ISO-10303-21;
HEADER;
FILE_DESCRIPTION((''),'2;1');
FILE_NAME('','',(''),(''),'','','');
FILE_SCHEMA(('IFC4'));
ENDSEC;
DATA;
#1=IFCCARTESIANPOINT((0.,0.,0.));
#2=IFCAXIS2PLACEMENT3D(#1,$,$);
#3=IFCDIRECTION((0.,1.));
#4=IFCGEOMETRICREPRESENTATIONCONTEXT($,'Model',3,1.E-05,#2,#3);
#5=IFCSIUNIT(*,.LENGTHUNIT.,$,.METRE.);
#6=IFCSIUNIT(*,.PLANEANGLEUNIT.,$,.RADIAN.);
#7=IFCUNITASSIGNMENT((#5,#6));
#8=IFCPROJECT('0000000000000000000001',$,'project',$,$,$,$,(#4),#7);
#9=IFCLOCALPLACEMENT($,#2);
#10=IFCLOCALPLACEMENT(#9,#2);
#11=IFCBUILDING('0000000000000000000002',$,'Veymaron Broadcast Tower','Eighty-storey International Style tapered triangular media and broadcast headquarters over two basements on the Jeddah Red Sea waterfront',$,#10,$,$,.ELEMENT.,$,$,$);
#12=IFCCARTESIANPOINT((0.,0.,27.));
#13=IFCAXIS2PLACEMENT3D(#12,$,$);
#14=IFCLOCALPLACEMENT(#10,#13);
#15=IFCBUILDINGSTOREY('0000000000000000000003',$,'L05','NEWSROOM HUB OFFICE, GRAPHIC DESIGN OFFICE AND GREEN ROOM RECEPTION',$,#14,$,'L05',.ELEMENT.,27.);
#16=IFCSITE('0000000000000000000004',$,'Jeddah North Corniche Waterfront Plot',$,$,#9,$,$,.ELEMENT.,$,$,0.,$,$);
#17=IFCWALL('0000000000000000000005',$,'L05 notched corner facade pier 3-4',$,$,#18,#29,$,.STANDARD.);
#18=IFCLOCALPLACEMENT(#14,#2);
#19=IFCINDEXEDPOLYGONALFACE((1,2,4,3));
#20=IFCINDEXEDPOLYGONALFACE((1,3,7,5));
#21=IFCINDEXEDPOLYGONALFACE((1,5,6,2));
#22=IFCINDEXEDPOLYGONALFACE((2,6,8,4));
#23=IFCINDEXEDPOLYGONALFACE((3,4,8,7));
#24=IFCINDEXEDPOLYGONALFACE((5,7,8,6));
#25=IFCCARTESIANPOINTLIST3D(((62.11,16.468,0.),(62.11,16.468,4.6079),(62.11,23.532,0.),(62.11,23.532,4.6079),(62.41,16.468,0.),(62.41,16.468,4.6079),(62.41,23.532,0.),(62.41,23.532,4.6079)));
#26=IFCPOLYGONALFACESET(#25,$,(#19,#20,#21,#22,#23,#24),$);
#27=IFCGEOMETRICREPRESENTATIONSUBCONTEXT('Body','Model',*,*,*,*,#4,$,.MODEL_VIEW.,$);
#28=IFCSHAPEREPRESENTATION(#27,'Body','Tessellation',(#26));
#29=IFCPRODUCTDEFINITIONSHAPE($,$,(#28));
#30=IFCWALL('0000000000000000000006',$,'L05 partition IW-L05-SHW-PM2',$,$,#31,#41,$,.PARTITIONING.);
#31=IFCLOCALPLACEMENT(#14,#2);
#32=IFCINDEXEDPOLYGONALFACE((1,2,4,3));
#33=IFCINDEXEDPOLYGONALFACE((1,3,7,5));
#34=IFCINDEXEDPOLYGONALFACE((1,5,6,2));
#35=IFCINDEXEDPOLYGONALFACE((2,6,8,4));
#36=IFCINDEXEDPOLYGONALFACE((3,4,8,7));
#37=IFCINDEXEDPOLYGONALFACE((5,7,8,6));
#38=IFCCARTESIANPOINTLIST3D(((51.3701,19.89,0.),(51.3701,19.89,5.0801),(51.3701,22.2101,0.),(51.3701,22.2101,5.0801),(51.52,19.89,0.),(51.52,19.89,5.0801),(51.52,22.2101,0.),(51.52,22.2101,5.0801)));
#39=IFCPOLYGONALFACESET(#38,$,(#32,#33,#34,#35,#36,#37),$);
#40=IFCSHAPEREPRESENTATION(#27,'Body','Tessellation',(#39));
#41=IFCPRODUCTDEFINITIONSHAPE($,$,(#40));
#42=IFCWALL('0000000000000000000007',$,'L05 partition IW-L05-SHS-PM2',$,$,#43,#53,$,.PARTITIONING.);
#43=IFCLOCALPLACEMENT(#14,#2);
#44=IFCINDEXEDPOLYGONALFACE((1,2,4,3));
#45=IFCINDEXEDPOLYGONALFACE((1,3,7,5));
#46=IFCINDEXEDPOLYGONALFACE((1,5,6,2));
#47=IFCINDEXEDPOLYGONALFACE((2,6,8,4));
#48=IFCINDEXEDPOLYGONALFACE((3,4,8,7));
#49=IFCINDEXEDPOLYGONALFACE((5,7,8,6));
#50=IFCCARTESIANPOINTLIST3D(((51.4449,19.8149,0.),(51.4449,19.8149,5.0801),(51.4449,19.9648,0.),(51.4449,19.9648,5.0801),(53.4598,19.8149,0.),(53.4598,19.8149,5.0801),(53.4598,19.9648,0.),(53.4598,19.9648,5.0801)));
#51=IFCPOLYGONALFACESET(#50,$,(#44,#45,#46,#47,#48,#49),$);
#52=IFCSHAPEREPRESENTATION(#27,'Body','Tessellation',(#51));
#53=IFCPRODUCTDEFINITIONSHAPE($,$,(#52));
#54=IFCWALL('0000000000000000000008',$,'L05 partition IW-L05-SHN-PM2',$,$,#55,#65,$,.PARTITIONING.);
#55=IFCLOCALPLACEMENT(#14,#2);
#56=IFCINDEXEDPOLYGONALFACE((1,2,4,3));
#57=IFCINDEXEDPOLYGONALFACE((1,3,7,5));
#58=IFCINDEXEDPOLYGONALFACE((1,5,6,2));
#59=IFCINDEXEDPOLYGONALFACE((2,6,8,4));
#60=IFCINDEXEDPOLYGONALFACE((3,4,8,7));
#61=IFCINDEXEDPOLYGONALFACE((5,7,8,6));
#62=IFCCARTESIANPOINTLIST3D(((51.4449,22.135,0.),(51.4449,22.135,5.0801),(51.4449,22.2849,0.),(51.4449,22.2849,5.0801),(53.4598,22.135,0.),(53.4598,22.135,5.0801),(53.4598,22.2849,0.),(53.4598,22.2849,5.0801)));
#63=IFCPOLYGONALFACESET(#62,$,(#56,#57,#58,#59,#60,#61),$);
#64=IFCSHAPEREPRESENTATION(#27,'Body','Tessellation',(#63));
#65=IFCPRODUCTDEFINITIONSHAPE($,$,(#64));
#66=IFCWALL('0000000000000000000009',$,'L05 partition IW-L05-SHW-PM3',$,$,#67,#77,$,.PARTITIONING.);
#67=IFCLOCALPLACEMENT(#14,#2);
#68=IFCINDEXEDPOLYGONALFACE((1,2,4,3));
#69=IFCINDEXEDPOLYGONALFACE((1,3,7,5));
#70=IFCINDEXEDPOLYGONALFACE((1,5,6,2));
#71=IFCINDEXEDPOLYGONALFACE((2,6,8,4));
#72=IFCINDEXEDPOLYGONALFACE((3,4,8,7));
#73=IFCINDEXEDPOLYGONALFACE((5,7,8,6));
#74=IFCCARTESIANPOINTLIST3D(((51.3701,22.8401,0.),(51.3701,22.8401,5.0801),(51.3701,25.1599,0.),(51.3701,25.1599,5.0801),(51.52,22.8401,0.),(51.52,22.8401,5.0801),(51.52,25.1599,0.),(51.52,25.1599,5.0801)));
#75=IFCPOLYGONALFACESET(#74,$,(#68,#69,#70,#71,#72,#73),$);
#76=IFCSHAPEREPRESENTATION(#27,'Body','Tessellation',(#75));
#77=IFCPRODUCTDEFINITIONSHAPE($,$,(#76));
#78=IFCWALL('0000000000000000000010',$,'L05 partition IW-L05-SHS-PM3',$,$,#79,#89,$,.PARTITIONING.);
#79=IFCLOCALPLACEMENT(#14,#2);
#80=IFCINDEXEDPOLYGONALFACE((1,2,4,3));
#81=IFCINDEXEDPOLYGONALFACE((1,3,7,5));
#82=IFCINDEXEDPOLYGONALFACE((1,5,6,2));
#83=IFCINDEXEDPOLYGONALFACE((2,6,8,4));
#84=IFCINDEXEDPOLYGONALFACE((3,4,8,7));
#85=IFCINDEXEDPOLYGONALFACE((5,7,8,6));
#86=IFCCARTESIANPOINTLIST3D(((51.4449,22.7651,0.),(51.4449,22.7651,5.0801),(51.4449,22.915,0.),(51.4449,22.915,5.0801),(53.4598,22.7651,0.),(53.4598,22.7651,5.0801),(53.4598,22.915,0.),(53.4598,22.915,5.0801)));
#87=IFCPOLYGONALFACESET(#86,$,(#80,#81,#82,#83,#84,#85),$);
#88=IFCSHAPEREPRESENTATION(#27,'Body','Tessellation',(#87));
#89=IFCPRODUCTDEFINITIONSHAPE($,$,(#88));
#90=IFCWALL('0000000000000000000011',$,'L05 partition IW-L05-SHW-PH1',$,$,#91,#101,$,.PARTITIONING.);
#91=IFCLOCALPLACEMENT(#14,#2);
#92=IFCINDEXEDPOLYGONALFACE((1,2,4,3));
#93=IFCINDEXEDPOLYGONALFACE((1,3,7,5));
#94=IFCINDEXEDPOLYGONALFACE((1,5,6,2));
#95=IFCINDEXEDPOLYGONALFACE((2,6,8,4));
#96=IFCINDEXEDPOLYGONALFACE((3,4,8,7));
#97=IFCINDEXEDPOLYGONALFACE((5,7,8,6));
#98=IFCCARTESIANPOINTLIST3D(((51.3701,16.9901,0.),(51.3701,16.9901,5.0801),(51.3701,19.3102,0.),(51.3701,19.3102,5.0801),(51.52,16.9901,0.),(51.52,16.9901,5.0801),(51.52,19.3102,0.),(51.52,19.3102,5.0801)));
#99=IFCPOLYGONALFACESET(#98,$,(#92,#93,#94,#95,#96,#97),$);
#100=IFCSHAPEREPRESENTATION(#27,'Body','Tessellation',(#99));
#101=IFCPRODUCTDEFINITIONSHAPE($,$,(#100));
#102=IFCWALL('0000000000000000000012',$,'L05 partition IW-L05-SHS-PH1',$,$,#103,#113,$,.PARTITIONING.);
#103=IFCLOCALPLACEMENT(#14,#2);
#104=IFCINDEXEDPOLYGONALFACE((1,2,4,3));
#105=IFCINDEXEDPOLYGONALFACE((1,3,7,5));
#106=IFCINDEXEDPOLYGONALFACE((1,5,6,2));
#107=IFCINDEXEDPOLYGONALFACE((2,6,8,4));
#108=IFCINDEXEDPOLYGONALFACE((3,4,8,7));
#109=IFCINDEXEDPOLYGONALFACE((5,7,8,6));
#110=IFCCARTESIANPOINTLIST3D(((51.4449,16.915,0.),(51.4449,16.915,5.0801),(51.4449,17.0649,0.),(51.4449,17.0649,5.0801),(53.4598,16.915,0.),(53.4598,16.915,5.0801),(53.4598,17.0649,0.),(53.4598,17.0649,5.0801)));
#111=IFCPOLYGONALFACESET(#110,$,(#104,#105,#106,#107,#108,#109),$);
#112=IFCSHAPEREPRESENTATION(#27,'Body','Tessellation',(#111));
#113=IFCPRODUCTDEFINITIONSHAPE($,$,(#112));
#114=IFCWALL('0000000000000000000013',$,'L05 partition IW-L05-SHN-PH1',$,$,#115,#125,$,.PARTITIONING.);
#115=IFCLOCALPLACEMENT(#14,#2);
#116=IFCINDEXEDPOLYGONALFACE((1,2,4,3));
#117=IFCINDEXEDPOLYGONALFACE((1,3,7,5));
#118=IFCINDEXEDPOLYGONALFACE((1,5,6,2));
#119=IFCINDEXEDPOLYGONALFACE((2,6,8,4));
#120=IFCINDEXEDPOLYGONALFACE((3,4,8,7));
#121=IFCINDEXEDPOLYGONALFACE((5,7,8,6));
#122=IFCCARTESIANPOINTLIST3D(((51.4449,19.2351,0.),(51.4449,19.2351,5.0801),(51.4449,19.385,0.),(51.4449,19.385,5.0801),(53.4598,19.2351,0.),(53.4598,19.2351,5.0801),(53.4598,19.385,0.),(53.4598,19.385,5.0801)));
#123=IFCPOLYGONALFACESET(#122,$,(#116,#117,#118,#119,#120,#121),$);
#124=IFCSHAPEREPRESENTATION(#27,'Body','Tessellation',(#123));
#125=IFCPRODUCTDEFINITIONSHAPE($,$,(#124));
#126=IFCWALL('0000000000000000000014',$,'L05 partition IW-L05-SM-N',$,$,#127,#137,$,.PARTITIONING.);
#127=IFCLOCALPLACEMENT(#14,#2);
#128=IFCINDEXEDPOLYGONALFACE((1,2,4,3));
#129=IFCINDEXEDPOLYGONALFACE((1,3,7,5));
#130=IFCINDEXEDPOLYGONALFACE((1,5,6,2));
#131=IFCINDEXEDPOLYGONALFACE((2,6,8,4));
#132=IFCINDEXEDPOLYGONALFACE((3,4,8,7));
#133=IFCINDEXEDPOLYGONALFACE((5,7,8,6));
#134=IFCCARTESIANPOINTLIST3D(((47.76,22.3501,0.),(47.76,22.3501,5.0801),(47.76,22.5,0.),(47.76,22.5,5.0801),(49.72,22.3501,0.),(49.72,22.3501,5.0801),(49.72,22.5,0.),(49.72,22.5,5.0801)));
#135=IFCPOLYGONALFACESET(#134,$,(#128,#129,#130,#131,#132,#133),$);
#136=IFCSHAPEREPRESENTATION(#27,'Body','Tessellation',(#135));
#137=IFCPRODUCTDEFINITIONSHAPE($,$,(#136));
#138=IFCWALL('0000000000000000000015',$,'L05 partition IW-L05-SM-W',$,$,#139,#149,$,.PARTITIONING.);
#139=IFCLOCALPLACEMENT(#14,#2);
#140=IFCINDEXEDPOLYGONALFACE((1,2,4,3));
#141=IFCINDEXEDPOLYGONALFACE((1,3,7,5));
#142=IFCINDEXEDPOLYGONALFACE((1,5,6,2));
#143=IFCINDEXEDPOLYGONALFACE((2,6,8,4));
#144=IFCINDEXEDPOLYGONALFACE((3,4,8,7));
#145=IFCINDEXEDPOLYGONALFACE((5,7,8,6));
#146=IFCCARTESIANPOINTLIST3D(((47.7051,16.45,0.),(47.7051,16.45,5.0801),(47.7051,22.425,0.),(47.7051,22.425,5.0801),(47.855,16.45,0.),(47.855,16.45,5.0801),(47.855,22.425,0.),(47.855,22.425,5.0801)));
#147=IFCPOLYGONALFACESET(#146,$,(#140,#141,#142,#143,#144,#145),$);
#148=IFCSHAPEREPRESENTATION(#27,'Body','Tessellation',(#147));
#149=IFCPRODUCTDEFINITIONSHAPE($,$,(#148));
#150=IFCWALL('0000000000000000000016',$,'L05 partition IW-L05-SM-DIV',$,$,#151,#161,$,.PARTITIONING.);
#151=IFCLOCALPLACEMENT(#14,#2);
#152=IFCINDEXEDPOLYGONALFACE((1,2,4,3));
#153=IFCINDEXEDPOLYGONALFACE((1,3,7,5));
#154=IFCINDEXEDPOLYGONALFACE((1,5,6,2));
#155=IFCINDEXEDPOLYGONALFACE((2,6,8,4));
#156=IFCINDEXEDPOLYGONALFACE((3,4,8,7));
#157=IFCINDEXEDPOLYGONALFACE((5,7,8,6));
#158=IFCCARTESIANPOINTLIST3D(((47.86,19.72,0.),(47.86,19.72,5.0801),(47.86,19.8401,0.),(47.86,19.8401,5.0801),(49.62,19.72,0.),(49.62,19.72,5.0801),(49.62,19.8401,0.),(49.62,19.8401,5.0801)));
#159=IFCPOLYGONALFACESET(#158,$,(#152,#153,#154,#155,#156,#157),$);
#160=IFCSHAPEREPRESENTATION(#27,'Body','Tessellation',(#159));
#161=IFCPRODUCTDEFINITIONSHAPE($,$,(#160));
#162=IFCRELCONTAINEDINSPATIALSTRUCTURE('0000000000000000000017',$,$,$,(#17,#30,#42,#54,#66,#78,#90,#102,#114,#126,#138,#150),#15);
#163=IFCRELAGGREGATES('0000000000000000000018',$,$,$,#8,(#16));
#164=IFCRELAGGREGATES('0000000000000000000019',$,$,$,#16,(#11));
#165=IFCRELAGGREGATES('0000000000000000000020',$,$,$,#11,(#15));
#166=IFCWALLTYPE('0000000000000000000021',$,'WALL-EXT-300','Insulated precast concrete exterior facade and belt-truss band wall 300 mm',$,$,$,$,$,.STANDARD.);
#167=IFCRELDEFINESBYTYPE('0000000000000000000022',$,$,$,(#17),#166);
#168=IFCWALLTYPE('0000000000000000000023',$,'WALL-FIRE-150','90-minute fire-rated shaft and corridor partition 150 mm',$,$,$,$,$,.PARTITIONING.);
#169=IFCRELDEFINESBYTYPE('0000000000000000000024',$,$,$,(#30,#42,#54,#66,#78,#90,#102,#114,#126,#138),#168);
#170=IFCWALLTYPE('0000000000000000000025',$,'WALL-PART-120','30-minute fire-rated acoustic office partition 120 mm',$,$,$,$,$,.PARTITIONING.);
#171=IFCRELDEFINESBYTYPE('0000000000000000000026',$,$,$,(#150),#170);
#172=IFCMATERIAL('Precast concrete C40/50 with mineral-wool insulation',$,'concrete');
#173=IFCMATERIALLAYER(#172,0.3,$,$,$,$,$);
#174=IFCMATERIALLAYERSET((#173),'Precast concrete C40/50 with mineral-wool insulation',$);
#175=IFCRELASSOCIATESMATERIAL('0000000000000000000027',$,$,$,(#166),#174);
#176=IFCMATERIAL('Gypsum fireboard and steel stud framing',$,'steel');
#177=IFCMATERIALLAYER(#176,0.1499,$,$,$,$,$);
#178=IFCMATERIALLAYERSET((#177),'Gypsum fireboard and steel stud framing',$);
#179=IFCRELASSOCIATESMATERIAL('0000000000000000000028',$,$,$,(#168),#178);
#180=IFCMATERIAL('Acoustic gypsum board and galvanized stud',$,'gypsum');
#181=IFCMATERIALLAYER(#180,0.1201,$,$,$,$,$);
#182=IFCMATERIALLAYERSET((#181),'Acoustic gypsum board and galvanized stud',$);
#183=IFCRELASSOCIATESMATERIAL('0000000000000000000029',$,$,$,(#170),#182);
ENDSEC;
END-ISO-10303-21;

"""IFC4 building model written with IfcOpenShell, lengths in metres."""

from ifc_helpers import new_model, si_unit, direction, frame, frame_2d, origin, place, context, subcontext, project, spatial, rectangle, extrude, material, layer, layer_set, type_object, element, save


model = new_model("IFC4")

# Units and contexts
model_context = context("Model", 3, precision=1e-05, world=origin(), true_north=direction((0.0, 1.0)))
body_context = subcontext(model_context, "Body", "Model", "MODEL_VIEW")
ifc_project = project(units=[si_unit("LENGTHUNIT", "METRE"), si_unit("PLANEANGLEUNIT", "RADIAN")], contexts=[model_context])

# Site, building, storey
site_placement = place(None, origin())
site = spatial("IfcSite", under=ifc_project, at=site_placement, Name="Jeddah North Corniche Waterfront Plot", CompositionType="ELEMENT", RefElevation=0.0)
building_placement = place(site_placement, origin())
building = spatial("IfcBuilding", under=site, at=building_placement, Name="Veymaron Broadcast Tower", Description="Eighty-storey International Style tapered triangular media and broadcast headquarters over two basements on the Jeddah Red Sea waterfront", CompositionType="ELEMENT")
storey_placement = place(building_placement, frame((0.0, 0.0, 27.0)))
storey = spatial("IfcBuildingStorey", under=building, at=storey_placement, Name="L05", Description="NEWSROOM HUB OFFICE, GRAPHIC DESIGN OFFICE AND GREEN ROOM RECEPTION", LongName="L05", CompositionType="ELEMENT", Elevation=27.0)

# Walls
ifc_material_1 = material(Name="Precast concrete C40/50 with mineral-wool insulation", Category="concrete")
ifc_layer_1 = layer(ifc_material_1, 0.3)
ifc_layer_set_1 = layer_set([ifc_layer_1], Name="Precast concrete C40/50 with mineral-wool insulation")
wall_type_1 = type_object("IfcWallType", Name="WALL-EXT-300", Description="Insulated precast concrete exterior facade and belt-truss band wall 300 mm", PredefinedType="STANDARD", material=ifc_layer_set_1)
wall_1_placement = place(storey_placement, frame((62.26, 16.468, 0.0), z_axis=(0.0, 0.0, 1.0), x_axis=(0.0, 1.0, 0.0)))
element("IfcWall", 1, at=wall_1_placement, inside=storey, type_object=wall_type_1, Name="L05 notched corner facade pier 3-4", PredefinedType="STANDARD", context=body_context, shape_type="SweptSolid", body=[
    extrude(rectangle(XDim=7.064, YDim=0.3, at=frame_2d((3.532, 0.0))), origin(), (0.0, 0.0, 1.0), 4.6079),
])
ifc_material_2 = material(Name="Gypsum fireboard and steel stud framing", Category="steel")
ifc_layer_2 = layer(ifc_material_2, 0.1499)
ifc_layer_set_2 = layer_set([ifc_layer_2], Name="Gypsum fireboard and steel stud framing")
wall_type_2 = type_object("IfcWallType", Name="WALL-FIRE-150", Description="90-minute fire-rated shaft and corridor partition 150 mm", PredefinedType="PARTITIONING", material=ifc_layer_set_2)
wall_2_placement = place(storey_placement, frame((51.4451, 19.8899, 0.0), z_axis=(0.0, 0.0, 1.0), x_axis=(0.0, 1.0, 0.0)))
element("IfcWall", 2, at=wall_2_placement, inside=storey, type_object=wall_type_2, Name="L05 partition IW-L05-SHW-PM2", PredefinedType="PARTITIONING", context=body_context, shape_type="SweptSolid", body=[
    extrude(rectangle(XDim=2.3201, YDim=0.1499, at=frame_2d((1.1602, 0.0))), origin(), (0.0, 0.0, 1.0), 5.0801),
])
for number, where, z_axis, x_axis, name in (
    (3, (51.4451, 19.8899, 0.0), (0.0, 0.0, 1.0), (1.0, 0.0, 0.0), "L05 partition IW-L05-SHS-PM2"),
    (4, (51.4451, 22.21, 0.0), (0.0, 0.0, 1.0), (1.0, 0.0, 0.0), "L05 partition IW-L05-SHN-PM2"),
):
    element("IfcWall", number, at=place(storey_placement, frame(where, z_axis=z_axis, x_axis=x_axis)), inside=storey, type_object=wall_type_2, Name=name, PredefinedType="PARTITIONING", context=body_context, shape_type="SweptSolid", body=[
        extrude(rectangle(XDim=2.0149, YDim=0.1499, at=frame_2d((1.0073, 0.0))), origin(), (0.0, 0.0, 1.0), 5.0801),
    ])
wall_3_placement = place(storey_placement, frame((51.4451, 22.8401, 0.0), z_axis=(0.0, 0.0, 1.0), x_axis=(0.0, 1.0, 0.0)))
element("IfcWall", 5, at=wall_3_placement, inside=storey, type_object=wall_type_2, Name="L05 partition IW-L05-SHW-PM3", PredefinedType="PARTITIONING", context=body_context, shape_type="SweptSolid", body=[
    extrude(rectangle(XDim=2.3198, YDim=0.1499, at=frame_2d((1.1599, 0.0))), origin(), (0.0, 0.0, 1.0), 5.0801),
])
wall_4_placement = place(storey_placement, frame((51.4451, 22.8401, 0.0), z_axis=(0.0, 0.0, 1.0), x_axis=(1.0, 0.0, 0.0)))
element("IfcWall", 6, at=wall_4_placement, inside=storey, type_object=wall_type_2, Name="L05 partition IW-L05-SHS-PM3", PredefinedType="PARTITIONING", context=body_context, shape_type="SweptSolid", body=[
    extrude(rectangle(XDim=2.0149, YDim=0.1499, at=frame_2d((1.0073, 0.0))), origin(), (0.0, 0.0, 1.0), 5.0801),
])
wall_5_placement = place(storey_placement, frame((51.4451, 16.99, 0.0), z_axis=(0.0, 0.0, 1.0), x_axis=(0.0, 1.0, 0.0)))
element("IfcWall", 7, at=wall_5_placement, inside=storey, type_object=wall_type_2, Name="L05 partition IW-L05-SHW-PH1", PredefinedType="PARTITIONING", context=body_context, shape_type="SweptSolid", body=[
    extrude(rectangle(XDim=2.3201, YDim=0.1499, at=frame_2d((1.1602, 0.0))), origin(), (0.0, 0.0, 1.0), 5.0801),
])
for number, where, z_axis, x_axis, name in (
    (8, (51.4451, 16.99, 0.0), (0.0, 0.0, 1.0), (1.0, 0.0, 0.0), "L05 partition IW-L05-SHS-PH1"),
    (9, (51.4451, 19.3101, 0.0), (0.0, 0.0, 1.0), (1.0, 0.0, 0.0), "L05 partition IW-L05-SHN-PH1"),
):
    element("IfcWall", number, at=place(storey_placement, frame(where, z_axis=z_axis, x_axis=x_axis)), inside=storey, type_object=wall_type_2, Name=name, PredefinedType="PARTITIONING", context=body_context, shape_type="SweptSolid", body=[
        extrude(rectangle(XDim=2.0149, YDim=0.1499, at=frame_2d((1.0073, 0.0))), origin(), (0.0, 0.0, 1.0), 5.0801),
    ])

# Walls
wall_6_placement = place(storey_placement, frame((47.76, 22.425, 0.0), z_axis=(0.0, 0.0, 1.0), x_axis=(1.0, 0.0, 0.0)))
element("IfcWall", 10, at=wall_6_placement, inside=storey, type_object=wall_type_2, Name="L05 partition IW-L05-SM-N", PredefinedType="PARTITIONING", context=body_context, shape_type="SweptSolid", body=[
    extrude(rectangle(XDim=1.96, YDim=0.1499, at=frame_2d((0.98, 0.0))), origin(), (0.0, 0.0, 1.0), 5.0801),
])
wall_7_placement = place(storey_placement, frame((47.78, 16.45, 0.0), z_axis=(0.0, 0.0, 1.0), x_axis=(0.0, 1.0, 0.0)))
element("IfcWall", 11, at=wall_7_placement, inside=storey, type_object=wall_type_2, Name="L05 partition IW-L05-SM-W", PredefinedType="PARTITIONING", context=body_context, shape_type="SweptSolid", body=[
    extrude(rectangle(XDim=5.9751, YDim=0.1499, at=frame_2d((2.9875, 0.0))), origin(), (0.0, 0.0, 1.0), 5.0801),
])
ifc_material_3 = material(Name="Acoustic gypsum board and galvanized stud", Category="gypsum")
ifc_layer_3 = layer(ifc_material_3, 0.1201)
ifc_layer_set_3 = layer_set([ifc_layer_3], Name="Acoustic gypsum board and galvanized stud")
wall_type_3 = type_object("IfcWallType", Name="WALL-PART-120", Description="30-minute fire-rated acoustic office partition 120 mm", PredefinedType="PARTITIONING", material=ifc_layer_set_3)
wall_8_placement = place(storey_placement, frame((47.8601, 19.78, 0.0), z_axis=(0.0, 0.0, 1.0), x_axis=(1.0, 0.0, 0.0)))
element("IfcWall", 12, at=wall_8_placement, inside=storey, type_object=wall_type_3, Name="L05 partition IW-L05-SM-DIV", PredefinedType="PARTITIONING", context=body_context, shape_type="SweptSolid", body=[
    extrude(rectangle(XDim=1.76, YDim=0.1201, at=frame_2d((0.8799, 0.0))), origin(), (0.0, 0.0, 1.0), 5.0801),
])

save(model, "model.ifc")
